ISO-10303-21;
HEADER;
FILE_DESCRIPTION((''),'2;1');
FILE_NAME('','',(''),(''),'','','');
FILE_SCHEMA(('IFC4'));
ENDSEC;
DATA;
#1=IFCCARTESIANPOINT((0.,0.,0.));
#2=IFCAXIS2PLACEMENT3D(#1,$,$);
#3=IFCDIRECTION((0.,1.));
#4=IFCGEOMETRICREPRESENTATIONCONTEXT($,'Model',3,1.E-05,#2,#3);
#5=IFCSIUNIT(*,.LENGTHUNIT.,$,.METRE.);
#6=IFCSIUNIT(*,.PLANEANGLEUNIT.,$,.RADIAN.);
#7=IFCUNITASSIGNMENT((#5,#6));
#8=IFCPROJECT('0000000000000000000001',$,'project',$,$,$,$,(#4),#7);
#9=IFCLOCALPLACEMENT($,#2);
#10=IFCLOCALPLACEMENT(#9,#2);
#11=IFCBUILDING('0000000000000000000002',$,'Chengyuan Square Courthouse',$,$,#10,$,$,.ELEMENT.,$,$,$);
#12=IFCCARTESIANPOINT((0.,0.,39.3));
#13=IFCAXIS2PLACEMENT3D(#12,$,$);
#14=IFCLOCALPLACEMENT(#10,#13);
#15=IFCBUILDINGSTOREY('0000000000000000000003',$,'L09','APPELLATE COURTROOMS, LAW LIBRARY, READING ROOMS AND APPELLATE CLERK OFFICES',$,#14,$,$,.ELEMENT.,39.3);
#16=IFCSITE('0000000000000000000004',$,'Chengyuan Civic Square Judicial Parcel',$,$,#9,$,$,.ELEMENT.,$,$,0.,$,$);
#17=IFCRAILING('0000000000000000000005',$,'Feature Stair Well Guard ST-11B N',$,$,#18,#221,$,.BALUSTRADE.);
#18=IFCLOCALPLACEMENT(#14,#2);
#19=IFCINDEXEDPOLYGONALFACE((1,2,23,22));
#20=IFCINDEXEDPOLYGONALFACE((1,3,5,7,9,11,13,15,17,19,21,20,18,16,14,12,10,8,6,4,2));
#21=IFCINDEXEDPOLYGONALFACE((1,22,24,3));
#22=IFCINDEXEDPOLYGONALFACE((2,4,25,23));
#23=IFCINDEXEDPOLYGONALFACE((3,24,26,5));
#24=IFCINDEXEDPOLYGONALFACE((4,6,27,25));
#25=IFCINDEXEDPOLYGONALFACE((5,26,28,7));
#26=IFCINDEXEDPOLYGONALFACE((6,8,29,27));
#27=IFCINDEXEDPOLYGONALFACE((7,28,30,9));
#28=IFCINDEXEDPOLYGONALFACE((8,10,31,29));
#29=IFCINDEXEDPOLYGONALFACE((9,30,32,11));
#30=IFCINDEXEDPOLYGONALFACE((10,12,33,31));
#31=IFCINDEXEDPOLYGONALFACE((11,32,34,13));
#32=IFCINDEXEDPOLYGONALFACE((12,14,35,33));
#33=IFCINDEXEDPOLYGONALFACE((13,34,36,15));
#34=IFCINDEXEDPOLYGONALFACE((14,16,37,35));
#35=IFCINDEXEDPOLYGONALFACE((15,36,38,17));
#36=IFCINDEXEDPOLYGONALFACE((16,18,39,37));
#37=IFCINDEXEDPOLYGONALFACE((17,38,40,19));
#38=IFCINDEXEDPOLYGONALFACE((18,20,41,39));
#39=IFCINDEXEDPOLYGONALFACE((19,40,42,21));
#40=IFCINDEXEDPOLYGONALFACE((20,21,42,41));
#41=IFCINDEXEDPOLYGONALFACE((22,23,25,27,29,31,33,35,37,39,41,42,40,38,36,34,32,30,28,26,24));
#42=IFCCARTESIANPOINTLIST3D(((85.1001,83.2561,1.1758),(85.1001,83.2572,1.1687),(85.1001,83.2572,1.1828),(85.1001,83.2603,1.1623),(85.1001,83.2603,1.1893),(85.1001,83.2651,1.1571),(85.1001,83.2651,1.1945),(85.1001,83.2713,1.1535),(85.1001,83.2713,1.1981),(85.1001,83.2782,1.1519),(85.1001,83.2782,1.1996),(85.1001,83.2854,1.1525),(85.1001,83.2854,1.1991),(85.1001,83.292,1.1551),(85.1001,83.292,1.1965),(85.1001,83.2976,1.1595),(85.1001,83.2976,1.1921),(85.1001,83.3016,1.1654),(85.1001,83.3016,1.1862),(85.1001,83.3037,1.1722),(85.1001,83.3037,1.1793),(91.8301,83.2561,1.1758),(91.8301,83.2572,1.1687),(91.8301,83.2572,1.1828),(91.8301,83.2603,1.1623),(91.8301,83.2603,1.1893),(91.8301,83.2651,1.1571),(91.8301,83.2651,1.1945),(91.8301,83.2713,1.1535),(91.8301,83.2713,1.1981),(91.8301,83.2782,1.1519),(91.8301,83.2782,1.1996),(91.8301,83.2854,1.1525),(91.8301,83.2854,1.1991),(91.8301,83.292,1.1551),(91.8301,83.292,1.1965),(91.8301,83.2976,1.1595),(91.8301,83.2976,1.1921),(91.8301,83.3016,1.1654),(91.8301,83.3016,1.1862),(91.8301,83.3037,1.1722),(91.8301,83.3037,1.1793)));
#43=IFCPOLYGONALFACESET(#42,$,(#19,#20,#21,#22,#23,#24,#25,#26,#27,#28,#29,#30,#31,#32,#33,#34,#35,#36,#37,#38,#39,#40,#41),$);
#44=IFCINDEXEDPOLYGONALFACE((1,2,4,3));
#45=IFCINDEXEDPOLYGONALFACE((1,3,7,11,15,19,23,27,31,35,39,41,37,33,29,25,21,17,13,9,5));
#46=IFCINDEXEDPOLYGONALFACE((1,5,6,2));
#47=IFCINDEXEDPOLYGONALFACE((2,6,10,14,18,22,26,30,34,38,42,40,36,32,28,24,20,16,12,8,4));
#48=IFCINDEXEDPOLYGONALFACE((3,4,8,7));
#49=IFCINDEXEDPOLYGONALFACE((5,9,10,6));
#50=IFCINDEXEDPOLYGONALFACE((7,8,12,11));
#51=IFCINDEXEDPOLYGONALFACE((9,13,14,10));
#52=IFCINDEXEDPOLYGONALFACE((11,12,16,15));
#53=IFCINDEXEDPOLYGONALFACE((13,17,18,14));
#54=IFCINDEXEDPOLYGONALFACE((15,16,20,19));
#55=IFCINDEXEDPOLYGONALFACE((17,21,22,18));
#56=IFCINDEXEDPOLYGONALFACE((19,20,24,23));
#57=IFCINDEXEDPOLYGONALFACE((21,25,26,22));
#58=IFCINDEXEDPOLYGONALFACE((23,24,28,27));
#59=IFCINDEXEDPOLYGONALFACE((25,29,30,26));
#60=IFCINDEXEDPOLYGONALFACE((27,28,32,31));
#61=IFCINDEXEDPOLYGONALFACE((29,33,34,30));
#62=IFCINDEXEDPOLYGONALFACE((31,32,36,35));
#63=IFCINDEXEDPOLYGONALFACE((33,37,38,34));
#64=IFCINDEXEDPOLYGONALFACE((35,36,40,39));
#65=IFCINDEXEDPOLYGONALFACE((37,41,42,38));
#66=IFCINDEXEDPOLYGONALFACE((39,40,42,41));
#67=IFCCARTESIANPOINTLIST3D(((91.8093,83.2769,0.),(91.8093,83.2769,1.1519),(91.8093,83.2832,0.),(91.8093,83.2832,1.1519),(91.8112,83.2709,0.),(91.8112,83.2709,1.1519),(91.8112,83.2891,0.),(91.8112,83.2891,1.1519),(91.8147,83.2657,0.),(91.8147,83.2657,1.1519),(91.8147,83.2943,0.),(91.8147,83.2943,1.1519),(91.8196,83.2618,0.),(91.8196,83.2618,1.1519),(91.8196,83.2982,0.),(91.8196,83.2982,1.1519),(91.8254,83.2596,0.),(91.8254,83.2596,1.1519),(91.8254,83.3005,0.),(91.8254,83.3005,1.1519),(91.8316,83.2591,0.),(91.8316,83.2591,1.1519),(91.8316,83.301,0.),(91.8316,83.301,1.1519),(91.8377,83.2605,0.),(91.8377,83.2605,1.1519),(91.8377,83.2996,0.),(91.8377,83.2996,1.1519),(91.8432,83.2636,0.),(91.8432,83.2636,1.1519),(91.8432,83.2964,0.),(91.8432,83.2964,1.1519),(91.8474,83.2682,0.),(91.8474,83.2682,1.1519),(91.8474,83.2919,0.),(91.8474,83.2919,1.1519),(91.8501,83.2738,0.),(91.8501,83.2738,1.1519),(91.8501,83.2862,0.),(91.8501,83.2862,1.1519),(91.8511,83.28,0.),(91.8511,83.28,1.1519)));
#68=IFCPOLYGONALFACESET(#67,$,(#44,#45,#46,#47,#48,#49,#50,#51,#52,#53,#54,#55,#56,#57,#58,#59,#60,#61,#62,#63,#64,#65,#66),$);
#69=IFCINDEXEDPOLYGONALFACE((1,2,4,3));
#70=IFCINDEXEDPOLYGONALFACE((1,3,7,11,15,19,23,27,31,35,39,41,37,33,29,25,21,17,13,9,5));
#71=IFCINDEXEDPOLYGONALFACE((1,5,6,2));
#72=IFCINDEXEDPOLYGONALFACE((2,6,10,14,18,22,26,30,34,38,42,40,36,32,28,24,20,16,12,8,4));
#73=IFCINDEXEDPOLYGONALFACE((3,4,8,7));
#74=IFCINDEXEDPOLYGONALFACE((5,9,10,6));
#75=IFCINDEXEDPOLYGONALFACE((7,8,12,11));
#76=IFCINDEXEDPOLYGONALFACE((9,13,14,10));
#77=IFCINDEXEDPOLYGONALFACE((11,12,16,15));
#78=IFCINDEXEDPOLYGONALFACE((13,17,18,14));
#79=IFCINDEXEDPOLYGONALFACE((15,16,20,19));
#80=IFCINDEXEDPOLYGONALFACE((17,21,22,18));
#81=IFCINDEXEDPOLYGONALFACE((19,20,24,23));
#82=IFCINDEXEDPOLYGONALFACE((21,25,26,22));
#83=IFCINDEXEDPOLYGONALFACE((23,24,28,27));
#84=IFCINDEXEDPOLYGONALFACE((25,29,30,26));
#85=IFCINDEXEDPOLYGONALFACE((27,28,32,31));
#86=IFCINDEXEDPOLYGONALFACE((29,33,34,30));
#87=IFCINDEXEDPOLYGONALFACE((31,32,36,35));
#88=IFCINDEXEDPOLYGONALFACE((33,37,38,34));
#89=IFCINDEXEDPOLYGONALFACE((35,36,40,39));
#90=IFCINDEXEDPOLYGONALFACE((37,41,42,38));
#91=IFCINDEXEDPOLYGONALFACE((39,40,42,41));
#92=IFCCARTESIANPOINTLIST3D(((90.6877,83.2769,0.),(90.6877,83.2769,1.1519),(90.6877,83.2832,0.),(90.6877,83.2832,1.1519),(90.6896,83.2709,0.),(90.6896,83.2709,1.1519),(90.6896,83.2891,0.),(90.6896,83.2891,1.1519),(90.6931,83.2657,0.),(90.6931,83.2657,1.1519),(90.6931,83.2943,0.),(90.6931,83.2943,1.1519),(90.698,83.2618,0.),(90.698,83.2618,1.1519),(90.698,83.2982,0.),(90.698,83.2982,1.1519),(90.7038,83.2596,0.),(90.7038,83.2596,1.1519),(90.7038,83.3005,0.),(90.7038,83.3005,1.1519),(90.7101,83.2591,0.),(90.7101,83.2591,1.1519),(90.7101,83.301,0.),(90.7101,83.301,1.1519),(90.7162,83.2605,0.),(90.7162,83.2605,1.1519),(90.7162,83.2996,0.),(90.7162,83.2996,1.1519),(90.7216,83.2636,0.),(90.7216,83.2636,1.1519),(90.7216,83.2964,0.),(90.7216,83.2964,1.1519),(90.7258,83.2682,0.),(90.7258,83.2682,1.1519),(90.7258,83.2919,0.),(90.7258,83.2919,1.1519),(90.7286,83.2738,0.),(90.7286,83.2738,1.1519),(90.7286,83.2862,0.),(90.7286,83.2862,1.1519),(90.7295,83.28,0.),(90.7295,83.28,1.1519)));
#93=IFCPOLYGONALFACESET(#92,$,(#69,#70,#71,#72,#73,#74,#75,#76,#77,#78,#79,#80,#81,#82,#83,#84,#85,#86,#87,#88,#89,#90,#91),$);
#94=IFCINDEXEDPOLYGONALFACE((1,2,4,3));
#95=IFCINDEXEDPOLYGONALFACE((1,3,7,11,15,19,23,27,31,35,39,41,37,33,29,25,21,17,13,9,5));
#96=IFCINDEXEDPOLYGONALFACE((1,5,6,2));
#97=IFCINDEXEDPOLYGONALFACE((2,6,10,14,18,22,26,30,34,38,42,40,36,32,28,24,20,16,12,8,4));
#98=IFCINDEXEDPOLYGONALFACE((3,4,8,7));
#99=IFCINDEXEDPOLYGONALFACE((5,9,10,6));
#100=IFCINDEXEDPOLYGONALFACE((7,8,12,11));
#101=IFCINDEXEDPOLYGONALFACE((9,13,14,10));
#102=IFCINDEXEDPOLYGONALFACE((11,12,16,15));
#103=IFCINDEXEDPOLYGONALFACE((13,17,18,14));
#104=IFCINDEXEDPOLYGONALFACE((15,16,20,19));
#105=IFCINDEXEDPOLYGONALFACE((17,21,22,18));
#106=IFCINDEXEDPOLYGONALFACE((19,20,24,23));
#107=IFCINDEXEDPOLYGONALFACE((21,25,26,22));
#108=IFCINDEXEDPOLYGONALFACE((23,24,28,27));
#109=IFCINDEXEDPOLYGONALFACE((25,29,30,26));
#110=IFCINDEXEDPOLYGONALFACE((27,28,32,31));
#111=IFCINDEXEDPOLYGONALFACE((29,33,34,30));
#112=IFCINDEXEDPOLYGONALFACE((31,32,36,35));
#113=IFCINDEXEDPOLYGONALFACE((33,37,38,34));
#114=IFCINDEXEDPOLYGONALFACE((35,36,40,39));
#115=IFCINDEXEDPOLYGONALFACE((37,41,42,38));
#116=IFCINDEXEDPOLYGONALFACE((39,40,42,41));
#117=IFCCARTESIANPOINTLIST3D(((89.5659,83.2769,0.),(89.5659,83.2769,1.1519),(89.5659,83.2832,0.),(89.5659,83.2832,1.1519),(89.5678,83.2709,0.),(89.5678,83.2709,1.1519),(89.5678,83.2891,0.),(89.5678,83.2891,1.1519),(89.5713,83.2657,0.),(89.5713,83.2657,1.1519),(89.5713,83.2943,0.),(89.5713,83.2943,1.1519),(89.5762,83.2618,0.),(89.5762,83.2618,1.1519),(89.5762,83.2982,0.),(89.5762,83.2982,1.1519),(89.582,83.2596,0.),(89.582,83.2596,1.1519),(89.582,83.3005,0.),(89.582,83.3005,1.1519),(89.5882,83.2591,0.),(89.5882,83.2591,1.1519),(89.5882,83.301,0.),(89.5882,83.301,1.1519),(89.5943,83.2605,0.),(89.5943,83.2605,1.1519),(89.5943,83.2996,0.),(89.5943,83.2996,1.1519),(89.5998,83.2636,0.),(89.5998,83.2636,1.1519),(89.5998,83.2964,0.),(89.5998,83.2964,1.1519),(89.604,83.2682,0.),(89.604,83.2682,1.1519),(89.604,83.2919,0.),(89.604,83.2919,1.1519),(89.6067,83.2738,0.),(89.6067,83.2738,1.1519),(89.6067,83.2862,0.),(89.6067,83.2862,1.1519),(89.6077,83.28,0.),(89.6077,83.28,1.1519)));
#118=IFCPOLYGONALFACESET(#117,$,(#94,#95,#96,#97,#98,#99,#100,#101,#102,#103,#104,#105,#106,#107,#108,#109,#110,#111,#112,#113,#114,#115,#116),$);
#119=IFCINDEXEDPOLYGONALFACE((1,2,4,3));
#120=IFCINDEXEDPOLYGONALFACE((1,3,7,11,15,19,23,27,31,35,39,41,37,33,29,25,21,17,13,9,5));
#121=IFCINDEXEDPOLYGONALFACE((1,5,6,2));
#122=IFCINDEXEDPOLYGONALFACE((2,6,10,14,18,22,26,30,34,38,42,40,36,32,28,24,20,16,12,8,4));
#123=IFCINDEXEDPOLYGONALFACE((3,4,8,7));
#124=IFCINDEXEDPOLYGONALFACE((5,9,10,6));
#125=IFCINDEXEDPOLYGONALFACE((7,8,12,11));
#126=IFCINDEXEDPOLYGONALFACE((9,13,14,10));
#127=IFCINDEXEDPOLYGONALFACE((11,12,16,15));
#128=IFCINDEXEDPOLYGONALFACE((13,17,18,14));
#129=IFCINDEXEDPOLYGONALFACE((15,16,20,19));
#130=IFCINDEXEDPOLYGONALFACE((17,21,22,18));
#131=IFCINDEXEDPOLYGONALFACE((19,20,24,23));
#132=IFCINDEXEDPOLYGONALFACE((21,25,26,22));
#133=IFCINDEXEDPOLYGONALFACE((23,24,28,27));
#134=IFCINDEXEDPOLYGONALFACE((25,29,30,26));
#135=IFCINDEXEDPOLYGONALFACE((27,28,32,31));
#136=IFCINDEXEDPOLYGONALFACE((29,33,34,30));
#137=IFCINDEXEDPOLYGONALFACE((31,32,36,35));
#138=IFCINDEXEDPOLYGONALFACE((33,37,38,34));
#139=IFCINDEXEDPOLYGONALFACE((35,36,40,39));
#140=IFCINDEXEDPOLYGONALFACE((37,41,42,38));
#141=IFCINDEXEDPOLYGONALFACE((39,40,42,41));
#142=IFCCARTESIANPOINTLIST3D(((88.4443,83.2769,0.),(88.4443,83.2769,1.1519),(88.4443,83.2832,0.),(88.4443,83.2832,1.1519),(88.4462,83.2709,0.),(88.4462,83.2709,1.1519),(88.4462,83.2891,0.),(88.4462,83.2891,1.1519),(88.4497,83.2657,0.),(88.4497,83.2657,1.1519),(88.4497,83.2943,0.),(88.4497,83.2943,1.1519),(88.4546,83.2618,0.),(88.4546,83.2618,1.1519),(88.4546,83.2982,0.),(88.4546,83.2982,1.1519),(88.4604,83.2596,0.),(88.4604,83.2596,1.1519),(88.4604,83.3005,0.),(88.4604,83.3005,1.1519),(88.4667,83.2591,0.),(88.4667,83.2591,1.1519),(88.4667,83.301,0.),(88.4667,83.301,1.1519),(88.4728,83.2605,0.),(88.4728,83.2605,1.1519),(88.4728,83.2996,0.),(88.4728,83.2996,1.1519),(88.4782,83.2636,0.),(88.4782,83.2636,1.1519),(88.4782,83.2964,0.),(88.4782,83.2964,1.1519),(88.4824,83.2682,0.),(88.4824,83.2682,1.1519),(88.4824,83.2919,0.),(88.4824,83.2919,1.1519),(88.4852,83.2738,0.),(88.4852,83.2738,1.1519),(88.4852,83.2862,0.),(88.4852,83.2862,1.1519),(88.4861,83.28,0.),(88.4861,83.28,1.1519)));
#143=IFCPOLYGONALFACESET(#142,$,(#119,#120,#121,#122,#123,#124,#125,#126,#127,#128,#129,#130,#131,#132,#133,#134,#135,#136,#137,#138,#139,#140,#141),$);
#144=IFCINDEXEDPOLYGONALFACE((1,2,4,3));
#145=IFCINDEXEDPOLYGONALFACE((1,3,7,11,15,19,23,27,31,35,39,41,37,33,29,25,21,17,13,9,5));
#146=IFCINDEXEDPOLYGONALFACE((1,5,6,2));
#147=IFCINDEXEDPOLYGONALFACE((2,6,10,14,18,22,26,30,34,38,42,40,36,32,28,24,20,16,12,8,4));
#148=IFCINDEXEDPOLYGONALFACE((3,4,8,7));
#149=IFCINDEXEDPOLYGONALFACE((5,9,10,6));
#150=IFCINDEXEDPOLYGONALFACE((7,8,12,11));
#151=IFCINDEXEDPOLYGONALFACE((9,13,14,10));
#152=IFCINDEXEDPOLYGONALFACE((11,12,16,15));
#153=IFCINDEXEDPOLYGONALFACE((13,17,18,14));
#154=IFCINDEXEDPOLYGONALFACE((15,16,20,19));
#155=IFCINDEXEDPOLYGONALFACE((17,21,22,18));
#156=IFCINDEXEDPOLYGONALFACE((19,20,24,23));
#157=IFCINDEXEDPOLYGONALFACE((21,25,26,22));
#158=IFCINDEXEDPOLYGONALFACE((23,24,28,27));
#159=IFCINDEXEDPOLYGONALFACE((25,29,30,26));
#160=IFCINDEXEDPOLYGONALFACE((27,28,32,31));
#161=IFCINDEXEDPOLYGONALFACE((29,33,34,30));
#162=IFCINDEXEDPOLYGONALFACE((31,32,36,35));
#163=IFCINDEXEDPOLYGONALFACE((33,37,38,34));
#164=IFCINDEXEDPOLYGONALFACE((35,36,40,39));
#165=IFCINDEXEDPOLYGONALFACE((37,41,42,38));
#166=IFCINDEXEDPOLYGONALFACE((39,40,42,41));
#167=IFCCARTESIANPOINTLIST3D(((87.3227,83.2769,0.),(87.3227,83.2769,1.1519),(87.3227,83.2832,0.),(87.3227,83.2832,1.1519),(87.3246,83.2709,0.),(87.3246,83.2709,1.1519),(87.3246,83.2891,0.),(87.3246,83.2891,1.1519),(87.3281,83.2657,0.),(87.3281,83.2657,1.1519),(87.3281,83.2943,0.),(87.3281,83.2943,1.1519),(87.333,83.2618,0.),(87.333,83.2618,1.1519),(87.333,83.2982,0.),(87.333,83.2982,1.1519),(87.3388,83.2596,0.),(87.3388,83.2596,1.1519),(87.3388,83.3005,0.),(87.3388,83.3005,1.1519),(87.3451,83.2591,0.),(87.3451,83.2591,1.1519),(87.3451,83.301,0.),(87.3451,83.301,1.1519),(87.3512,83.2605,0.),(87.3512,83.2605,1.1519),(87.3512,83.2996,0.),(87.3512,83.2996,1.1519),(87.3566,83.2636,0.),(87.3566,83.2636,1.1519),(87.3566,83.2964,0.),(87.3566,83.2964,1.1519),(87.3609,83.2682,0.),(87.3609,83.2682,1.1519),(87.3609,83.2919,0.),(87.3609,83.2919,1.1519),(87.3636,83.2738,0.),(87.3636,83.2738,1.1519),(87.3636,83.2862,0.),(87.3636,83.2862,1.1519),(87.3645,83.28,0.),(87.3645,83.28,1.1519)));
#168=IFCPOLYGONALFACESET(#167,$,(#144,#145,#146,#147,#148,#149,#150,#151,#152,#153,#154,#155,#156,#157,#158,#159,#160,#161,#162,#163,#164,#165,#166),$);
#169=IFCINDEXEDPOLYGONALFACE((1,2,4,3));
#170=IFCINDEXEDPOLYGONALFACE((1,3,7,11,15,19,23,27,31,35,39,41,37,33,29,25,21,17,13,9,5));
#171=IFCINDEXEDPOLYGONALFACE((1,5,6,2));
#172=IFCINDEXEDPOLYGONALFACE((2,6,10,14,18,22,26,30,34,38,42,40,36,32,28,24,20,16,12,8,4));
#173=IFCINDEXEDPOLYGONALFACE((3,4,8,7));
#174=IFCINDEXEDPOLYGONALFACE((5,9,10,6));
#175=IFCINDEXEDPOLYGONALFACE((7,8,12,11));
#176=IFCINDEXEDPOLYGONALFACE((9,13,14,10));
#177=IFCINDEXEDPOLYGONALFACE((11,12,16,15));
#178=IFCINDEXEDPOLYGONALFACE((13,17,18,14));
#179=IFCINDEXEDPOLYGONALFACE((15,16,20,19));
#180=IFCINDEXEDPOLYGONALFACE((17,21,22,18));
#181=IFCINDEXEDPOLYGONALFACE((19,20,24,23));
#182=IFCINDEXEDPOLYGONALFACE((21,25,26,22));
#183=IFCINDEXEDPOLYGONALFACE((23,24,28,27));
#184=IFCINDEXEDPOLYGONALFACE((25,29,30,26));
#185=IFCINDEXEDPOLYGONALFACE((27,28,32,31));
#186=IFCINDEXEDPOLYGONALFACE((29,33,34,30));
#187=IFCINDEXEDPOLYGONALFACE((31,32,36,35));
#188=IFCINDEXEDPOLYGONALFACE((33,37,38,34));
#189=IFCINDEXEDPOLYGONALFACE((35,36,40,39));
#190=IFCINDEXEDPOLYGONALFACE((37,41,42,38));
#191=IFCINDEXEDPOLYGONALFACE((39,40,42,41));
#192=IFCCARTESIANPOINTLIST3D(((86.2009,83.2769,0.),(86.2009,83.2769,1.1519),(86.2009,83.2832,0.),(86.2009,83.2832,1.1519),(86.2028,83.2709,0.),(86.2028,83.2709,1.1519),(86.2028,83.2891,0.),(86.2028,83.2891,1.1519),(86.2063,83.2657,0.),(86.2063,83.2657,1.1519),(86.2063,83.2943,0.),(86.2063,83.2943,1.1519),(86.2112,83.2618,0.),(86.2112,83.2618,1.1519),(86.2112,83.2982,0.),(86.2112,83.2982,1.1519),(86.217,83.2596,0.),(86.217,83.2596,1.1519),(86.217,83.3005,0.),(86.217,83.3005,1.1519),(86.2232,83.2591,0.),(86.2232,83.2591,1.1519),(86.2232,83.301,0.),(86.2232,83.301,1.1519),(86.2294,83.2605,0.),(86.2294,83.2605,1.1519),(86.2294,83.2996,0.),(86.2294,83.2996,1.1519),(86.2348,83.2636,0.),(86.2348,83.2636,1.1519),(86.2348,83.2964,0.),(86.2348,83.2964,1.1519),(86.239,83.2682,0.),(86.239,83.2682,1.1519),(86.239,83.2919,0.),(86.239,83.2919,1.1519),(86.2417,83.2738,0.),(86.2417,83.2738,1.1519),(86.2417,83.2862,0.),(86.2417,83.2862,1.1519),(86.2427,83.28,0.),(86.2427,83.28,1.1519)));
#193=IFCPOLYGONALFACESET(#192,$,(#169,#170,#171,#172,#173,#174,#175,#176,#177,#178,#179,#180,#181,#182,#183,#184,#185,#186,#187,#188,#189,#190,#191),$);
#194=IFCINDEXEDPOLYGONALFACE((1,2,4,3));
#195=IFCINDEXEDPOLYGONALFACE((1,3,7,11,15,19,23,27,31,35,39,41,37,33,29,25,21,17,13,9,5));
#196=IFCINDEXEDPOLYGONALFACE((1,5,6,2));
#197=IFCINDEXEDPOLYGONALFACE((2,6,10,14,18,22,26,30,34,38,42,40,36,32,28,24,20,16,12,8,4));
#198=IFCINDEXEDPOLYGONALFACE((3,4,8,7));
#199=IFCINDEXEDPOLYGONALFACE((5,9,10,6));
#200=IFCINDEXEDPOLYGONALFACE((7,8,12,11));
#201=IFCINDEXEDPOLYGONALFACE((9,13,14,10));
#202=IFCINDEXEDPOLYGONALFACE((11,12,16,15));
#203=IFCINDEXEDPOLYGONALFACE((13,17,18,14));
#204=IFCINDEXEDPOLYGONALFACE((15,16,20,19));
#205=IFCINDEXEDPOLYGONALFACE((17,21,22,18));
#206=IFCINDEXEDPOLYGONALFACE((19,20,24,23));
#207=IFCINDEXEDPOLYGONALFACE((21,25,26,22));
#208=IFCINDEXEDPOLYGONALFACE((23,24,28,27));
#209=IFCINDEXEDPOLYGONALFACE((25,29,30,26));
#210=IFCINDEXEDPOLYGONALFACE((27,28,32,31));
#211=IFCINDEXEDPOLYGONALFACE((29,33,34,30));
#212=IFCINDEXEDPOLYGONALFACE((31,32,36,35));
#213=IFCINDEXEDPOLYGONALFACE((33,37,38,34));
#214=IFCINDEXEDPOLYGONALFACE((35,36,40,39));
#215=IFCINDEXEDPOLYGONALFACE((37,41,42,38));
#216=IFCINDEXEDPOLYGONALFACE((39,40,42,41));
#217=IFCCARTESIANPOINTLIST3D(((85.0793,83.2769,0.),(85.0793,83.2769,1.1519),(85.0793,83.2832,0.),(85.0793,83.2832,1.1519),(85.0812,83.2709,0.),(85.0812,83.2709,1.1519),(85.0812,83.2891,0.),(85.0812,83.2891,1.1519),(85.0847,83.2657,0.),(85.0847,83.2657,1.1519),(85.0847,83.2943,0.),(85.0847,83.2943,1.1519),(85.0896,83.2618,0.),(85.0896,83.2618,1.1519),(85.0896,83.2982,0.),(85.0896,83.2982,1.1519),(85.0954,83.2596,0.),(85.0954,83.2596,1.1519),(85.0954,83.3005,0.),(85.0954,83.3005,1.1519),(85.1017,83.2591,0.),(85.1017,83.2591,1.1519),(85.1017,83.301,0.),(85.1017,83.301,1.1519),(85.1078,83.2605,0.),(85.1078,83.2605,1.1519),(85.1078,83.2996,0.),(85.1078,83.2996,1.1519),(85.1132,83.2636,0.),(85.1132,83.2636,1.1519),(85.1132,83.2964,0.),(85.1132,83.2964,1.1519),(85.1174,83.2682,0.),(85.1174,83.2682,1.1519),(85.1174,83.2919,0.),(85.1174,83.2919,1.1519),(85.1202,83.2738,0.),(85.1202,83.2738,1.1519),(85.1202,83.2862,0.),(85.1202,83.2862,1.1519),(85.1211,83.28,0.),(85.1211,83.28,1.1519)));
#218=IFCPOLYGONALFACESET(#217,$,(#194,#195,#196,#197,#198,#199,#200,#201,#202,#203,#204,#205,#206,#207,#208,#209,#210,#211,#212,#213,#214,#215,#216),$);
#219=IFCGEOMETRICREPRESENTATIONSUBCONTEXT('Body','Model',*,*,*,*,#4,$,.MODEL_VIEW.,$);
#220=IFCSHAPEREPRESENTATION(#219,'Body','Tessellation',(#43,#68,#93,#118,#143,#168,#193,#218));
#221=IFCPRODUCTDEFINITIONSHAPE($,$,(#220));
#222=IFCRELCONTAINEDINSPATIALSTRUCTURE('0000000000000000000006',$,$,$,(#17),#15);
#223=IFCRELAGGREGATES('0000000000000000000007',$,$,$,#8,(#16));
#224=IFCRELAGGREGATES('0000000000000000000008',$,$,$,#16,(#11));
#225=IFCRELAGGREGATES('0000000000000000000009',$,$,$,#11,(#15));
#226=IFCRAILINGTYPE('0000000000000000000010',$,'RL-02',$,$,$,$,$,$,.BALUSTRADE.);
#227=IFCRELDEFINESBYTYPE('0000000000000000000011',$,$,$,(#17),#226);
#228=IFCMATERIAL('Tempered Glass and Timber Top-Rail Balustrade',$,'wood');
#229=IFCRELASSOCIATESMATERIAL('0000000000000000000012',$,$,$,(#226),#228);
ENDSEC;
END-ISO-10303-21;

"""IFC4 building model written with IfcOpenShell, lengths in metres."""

from ifc_helpers import new_model, si_unit, direction, frame, origin, origin_2d, place, context, subcontext, project, spatial, circle, extrude, material, type_object, element, save


model = new_model("IFC4")

# Units and contexts
model_context = context("Model", 3, precision=1e-05, world=origin(), true_north=direction((0.0, 1.0)))
body_context = subcontext(model_context, "Body", "Model", "MODEL_VIEW")
ifc_project = project(units=[si_unit("LENGTHUNIT", "METRE"), si_unit("PLANEANGLEUNIT", "RADIAN")], contexts=[model_context])

# Site, building, storey
site_placement = place(None, origin())
site = spatial("IfcSite", under=ifc_project, at=site_placement, Name="Chengyuan Civic Square Judicial Parcel", CompositionType="ELEMENT", RefElevation=0.0)
building_placement = place(site_placement, origin())
building = spatial("IfcBuilding", under=site, at=building_placement, Name="Chengyuan Square Courthouse", CompositionType="ELEMENT")
storey_placement = place(building_placement, frame((0.0, 0.0, 39.3)))
storey = spatial("IfcBuildingStorey", under=building, at=storey_placement, Name="L09", Description="APPELLATE COURTROOMS, LAW LIBRARY, READING ROOMS AND APPELLATE CLERK OFFICES", CompositionType="ELEMENT", Elevation=39.3)

# Railing
ifc_material_1 = material(Name="Tempered Glass and Timber Top-Rail Balustrade", Category="wood")
railing_type = type_object("IfcRailingType", Name="RL-02", PredefinedType="BALUSTRADE", material=ifc_material_1)
railing_1_placement = place(storey_placement, frame((91.8301, 83.28, 0.0)))
element("IfcRailing", 1, at=railing_1_placement, inside=storey, type_object=railing_type, Name="Feature Stair Well Guard ST-11B N", PredefinedType="BALUSTRADE", context=body_context, shape_type="SweptSolid", body=[
    extrude(circle(Radius=0.0239, at=origin_2d()), frame((0.0, 0.0, 1.1758), z_axis=(-1.0, 0.0, 0.0), x_axis=(0.0, -1.0, 0.0)), (0.0, 0.0, 1.0), 6.73),
    extrude(circle(Radius=0.021, at=origin_2d()), origin(), (0.0, 0.0, 1.0), 1.1519),
    extrude(circle(Radius=0.021, at=origin_2d()), frame((-1.1216, 0.0, 0.0)), (0.0, 0.0, 1.0), 1.1519),
    extrude(circle(Radius=0.021, at=origin_2d()), frame((-2.2434, 0.0, 0.0)), (0.0, 0.0, 1.0), 1.1519),
    extrude(circle(Radius=0.021, at=origin_2d()), frame((-3.365, 0.0, 0.0)), (0.0, 0.0, 1.0), 1.1519),
    extrude(circle(Radius=0.021, at=origin_2d()), frame((-4.4866, 0.0, 0.0)), (0.0, 0.0, 1.0), 1.1519),
    extrude(circle(Radius=0.021, at=origin_2d()), frame((-5.6084, 0.0, 0.0)), (0.0, 0.0, 1.0), 1.1519),
    extrude(circle(Radius=0.021, at=origin_2d()), frame((-6.73, 0.0, 0.0)), (0.0, 0.0, 1.0), 1.1519),
])

save(model, "model.ifc")
